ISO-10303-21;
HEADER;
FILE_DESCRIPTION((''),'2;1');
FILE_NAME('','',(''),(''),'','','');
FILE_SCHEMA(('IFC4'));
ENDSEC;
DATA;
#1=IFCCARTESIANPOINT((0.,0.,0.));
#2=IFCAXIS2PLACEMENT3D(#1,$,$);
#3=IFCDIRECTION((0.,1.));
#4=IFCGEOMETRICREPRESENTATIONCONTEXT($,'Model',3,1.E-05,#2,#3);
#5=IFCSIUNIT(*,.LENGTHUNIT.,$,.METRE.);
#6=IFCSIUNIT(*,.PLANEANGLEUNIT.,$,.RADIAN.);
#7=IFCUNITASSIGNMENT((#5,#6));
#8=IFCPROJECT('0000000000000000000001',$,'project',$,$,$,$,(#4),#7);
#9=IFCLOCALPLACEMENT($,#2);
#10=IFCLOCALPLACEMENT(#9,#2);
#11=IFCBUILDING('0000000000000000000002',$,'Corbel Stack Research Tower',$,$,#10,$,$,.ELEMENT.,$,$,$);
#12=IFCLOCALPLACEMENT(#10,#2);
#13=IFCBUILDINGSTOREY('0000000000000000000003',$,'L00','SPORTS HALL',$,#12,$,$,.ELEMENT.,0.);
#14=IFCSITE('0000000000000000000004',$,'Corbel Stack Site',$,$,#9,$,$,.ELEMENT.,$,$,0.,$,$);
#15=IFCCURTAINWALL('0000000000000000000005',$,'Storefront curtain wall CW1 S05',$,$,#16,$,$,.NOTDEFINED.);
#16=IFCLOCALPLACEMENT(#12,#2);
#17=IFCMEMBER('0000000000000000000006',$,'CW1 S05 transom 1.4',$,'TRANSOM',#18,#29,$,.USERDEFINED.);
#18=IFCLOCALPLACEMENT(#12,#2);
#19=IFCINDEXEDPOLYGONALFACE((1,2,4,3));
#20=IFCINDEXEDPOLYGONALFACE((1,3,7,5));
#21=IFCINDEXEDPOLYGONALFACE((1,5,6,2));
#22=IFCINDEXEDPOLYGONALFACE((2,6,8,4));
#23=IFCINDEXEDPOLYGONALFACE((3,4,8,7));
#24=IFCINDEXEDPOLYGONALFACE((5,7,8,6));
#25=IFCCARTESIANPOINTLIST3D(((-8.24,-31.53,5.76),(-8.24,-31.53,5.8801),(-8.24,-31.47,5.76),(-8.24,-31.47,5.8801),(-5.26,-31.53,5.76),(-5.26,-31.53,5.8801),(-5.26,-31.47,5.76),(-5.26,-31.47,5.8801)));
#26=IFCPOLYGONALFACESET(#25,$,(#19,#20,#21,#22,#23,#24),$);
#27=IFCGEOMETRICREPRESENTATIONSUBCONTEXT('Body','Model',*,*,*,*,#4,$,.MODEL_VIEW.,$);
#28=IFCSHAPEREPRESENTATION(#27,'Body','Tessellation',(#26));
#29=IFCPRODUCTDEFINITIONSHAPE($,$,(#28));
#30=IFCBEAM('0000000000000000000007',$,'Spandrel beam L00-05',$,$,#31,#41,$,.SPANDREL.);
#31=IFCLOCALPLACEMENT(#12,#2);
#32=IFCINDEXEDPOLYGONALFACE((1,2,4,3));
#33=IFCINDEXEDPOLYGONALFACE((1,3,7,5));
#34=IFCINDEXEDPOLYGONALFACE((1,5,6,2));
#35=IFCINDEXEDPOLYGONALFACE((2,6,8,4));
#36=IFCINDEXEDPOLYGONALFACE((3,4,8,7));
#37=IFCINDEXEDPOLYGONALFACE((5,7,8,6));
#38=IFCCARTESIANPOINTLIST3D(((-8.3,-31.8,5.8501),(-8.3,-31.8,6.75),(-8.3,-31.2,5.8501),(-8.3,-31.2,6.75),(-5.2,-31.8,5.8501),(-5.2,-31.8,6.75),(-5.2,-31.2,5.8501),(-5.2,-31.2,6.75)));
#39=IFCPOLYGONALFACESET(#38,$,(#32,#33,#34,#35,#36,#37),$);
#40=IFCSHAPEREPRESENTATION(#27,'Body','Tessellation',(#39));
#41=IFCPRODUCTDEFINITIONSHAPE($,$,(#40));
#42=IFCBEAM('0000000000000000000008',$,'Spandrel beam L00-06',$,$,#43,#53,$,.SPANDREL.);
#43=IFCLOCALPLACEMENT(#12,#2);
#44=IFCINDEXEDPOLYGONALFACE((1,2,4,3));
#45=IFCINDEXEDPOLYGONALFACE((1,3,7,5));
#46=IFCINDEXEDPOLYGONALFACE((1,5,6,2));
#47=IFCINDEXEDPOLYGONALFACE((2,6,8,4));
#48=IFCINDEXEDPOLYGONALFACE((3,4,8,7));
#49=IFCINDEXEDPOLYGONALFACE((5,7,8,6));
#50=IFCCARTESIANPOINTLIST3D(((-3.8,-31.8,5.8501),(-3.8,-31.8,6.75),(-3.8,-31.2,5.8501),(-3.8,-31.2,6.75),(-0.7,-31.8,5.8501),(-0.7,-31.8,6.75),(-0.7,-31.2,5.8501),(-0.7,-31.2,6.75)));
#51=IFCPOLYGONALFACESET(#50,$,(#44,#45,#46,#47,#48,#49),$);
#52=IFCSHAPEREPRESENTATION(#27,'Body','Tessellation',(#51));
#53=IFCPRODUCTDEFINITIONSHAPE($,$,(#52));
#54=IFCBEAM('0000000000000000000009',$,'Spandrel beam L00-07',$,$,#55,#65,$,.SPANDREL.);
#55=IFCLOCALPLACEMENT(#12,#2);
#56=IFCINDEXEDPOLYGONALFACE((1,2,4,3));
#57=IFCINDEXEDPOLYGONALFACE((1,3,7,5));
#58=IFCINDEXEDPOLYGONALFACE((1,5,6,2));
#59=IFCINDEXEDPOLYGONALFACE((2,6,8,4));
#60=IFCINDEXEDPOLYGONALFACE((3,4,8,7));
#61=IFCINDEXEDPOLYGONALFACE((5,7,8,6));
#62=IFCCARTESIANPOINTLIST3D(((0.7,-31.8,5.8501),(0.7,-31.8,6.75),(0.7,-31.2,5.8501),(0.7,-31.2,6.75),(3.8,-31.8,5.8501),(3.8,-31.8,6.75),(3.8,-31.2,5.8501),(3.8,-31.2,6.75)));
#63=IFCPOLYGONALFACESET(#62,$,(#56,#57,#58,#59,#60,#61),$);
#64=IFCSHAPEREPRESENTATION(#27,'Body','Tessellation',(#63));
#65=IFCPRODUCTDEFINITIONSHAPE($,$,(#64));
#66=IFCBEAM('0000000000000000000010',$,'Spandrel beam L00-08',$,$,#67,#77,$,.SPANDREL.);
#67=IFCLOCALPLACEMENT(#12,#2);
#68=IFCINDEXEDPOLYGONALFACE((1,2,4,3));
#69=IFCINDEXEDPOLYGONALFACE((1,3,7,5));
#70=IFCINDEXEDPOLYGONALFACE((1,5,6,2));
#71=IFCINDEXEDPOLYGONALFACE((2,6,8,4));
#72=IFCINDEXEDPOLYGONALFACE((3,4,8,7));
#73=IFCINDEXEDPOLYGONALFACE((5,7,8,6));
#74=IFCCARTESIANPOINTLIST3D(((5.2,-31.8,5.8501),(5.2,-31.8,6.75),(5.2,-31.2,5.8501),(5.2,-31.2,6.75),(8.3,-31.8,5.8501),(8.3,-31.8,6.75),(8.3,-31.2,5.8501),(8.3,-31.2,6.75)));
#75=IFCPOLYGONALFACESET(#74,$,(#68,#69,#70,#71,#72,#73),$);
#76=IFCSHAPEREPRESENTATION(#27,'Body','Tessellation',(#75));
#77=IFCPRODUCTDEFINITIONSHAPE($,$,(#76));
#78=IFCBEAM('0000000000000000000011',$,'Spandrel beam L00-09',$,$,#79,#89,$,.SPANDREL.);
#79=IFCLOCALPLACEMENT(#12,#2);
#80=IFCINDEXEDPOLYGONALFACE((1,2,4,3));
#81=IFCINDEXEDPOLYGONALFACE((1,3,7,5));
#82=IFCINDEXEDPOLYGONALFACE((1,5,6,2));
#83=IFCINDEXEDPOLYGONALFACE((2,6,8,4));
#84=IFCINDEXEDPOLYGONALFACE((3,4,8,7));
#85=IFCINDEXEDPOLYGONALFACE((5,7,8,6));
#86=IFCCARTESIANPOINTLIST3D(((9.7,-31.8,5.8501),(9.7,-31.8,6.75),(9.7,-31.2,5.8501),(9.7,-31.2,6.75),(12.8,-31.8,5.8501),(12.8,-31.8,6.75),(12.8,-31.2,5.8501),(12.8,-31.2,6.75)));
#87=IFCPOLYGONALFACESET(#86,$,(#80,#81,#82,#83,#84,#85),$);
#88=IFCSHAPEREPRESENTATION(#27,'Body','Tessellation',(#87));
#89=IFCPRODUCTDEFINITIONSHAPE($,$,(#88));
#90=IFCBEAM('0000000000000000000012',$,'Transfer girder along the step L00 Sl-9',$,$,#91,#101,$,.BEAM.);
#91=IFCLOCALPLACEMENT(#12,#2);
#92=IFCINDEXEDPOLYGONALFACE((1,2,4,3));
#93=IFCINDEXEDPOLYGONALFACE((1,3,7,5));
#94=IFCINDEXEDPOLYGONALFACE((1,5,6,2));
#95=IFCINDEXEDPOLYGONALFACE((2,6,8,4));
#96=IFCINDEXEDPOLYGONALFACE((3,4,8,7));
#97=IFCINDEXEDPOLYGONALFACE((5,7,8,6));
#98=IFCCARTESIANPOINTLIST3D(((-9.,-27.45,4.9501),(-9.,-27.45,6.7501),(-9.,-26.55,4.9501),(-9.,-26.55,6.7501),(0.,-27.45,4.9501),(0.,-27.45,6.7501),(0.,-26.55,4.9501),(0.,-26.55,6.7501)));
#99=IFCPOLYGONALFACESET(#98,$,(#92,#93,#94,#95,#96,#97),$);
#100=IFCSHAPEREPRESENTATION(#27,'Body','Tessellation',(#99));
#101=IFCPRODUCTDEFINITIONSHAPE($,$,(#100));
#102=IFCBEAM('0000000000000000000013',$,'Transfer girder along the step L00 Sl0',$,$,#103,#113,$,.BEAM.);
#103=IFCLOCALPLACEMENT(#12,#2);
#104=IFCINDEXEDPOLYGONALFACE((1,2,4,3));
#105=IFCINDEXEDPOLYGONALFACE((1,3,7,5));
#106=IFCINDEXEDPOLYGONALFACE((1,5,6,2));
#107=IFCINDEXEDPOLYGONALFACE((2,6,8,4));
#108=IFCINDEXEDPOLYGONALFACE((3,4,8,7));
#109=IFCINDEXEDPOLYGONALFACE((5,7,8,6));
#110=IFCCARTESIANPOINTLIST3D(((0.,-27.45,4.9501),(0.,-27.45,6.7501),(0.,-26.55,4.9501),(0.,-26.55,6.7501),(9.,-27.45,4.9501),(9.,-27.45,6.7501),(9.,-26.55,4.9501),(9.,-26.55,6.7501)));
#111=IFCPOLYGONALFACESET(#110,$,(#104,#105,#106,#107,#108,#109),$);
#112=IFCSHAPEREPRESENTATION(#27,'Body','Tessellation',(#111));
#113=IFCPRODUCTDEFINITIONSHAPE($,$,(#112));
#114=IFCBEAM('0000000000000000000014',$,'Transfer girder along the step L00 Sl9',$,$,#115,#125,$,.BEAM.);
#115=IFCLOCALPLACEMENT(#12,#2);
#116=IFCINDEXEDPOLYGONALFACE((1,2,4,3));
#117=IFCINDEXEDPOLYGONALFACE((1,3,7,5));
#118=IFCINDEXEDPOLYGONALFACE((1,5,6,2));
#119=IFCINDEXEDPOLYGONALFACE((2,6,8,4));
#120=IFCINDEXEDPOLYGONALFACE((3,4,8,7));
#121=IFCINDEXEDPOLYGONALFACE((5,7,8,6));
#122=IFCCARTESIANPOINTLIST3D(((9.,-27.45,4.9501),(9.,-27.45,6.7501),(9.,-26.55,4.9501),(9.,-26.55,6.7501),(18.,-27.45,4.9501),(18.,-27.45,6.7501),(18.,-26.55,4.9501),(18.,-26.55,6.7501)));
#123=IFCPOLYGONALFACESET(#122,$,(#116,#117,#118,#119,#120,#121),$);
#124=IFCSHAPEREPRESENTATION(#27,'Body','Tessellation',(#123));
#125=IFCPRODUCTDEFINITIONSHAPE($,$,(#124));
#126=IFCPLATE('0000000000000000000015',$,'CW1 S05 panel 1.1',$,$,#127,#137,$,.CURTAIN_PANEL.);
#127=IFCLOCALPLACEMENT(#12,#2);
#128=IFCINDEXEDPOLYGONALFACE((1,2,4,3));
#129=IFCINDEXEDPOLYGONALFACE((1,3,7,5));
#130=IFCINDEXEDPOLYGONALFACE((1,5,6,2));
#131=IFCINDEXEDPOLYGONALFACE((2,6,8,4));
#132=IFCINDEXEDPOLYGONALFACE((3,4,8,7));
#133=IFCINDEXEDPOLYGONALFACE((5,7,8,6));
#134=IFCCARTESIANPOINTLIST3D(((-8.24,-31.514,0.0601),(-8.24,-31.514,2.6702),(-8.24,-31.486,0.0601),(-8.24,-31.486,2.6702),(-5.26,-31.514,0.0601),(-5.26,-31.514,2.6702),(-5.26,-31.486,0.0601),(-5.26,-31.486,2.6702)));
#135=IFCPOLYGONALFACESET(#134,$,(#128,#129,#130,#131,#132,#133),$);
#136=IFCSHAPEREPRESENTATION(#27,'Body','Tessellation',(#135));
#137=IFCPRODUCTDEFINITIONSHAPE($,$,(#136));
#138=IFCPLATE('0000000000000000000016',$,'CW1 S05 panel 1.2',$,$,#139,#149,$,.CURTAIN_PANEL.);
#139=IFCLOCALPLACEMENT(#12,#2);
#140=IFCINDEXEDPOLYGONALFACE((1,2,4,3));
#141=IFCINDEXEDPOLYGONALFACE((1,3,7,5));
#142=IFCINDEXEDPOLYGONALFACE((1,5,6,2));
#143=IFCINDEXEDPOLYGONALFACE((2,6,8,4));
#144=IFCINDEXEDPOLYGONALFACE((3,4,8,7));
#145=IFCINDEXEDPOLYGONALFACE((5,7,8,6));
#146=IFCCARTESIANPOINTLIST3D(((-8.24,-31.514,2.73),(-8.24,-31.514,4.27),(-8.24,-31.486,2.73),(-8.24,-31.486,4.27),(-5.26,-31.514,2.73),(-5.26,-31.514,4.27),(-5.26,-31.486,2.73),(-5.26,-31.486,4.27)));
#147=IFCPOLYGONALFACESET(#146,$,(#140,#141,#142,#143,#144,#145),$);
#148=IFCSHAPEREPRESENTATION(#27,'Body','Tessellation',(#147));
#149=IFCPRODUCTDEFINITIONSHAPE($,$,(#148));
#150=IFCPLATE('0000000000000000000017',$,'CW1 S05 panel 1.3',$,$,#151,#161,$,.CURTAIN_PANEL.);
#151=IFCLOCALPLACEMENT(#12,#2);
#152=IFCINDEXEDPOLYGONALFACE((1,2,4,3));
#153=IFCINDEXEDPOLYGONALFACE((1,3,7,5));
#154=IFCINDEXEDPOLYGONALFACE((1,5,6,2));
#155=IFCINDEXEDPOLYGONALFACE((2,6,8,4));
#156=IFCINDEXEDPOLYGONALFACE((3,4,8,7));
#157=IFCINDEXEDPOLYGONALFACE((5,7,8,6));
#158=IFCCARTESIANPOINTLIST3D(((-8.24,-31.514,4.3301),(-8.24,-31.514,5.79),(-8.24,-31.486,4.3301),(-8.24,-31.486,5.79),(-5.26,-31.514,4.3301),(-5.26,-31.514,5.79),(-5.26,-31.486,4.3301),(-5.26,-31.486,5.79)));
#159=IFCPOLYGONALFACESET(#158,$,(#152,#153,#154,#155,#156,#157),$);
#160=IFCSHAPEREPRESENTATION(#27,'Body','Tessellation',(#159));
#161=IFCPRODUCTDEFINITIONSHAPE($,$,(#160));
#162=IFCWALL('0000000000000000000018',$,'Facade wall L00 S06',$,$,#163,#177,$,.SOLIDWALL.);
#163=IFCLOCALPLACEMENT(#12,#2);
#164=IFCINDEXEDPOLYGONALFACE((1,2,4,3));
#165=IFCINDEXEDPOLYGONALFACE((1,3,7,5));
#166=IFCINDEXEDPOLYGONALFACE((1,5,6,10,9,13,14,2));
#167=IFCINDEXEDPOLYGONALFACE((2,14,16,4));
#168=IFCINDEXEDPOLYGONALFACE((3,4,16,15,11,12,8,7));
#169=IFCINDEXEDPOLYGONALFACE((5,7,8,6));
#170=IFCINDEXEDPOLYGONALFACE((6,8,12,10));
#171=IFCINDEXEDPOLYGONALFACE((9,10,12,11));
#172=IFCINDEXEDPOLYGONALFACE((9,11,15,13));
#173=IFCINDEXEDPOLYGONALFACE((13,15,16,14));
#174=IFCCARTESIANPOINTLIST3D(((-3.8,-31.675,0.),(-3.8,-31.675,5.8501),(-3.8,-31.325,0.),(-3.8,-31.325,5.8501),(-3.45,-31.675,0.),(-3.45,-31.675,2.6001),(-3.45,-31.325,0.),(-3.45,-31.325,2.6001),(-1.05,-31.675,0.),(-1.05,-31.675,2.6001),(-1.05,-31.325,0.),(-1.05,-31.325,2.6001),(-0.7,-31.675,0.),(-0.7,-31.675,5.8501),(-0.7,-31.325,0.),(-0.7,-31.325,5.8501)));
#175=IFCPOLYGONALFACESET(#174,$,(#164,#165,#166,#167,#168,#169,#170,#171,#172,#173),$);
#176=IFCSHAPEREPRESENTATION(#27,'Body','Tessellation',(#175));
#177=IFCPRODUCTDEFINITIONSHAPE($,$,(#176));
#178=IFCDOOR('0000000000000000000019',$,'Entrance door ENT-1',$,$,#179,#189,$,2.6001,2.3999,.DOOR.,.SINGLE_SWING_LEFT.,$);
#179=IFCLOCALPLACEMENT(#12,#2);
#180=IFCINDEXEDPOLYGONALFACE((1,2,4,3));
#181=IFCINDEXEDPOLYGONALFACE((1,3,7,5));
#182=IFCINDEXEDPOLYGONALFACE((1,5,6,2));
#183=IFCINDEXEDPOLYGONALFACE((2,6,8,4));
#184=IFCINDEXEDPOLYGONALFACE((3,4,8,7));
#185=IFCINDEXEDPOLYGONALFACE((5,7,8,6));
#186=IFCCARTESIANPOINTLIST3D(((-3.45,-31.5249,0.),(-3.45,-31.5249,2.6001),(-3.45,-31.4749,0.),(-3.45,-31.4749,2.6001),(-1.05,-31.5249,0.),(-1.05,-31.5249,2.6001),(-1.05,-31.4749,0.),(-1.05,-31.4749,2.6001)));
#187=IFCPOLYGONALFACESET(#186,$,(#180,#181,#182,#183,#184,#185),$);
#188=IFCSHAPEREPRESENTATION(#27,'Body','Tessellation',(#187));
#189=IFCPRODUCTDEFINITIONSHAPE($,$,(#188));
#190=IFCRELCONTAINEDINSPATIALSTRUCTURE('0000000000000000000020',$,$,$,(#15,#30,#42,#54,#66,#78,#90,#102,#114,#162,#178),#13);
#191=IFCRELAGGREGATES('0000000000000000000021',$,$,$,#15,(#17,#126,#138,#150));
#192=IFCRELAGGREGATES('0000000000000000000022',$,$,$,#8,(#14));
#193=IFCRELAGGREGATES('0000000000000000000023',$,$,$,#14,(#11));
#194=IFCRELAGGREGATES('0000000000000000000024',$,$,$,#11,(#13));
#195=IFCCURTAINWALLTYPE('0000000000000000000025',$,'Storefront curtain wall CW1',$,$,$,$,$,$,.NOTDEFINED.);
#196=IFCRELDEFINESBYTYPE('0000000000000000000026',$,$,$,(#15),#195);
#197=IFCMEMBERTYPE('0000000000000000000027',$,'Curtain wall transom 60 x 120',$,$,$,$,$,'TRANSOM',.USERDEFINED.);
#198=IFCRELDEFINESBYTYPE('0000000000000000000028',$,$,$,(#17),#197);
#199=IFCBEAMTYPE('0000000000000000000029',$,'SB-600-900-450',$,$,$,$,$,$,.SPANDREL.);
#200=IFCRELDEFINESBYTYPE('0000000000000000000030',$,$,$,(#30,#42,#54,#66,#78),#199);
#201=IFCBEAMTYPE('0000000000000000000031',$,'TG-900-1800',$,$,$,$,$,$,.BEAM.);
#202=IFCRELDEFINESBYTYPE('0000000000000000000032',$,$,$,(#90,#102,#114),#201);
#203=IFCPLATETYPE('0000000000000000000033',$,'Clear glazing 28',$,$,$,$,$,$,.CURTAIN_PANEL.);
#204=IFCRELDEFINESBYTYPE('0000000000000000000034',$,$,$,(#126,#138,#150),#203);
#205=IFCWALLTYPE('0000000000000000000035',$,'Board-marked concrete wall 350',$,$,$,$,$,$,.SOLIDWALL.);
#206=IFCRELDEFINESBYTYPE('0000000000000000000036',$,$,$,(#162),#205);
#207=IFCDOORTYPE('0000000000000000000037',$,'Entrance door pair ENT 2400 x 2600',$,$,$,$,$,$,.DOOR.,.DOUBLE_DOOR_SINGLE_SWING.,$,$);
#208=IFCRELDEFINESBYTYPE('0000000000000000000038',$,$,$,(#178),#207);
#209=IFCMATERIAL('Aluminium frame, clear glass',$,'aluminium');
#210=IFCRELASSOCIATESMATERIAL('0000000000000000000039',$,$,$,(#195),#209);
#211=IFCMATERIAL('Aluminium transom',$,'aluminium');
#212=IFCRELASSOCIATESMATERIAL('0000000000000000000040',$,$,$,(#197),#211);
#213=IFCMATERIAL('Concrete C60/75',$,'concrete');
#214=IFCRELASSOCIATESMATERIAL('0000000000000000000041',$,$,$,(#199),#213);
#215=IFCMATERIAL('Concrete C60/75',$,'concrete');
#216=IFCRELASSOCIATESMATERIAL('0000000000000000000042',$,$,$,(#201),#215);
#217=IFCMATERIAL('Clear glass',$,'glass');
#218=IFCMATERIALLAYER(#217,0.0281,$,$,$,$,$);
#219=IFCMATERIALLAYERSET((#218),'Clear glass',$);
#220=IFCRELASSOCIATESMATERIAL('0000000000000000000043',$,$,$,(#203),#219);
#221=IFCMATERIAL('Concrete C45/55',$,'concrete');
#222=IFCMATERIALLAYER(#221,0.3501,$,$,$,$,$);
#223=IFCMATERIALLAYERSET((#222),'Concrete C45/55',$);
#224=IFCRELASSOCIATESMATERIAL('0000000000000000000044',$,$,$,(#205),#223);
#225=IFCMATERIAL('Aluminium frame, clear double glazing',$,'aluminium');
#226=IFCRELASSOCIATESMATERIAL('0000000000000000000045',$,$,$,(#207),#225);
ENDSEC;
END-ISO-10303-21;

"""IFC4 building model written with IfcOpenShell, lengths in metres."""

from ifc_helpers import new_model, si_unit, direction, frame, frame_2d, origin, origin_2d, place, context, subcontext, project, spatial, rectangle, extrude, material, layer, layer_set, material_profile, profile_set, type_object, element, fill, aggregate, save


model = new_model("IFC4")

# Units and contexts
model_context = context("Model", 3, precision=1e-05, world=origin(), true_north=direction((0.0, 1.0)))
body_context = subcontext(model_context, "Body", "Model", "MODEL_VIEW")
ifc_project = project(units=[si_unit("LENGTHUNIT", "METRE"), si_unit("PLANEANGLEUNIT", "RADIAN")], contexts=[model_context])

# Site, building, storey
site_placement = place(None, origin())
site = spatial("IfcSite", under=ifc_project, at=site_placement, Name="Corbel Stack Site", CompositionType="ELEMENT", RefElevation=0.0)
building_placement = place(site_placement, origin())
building = spatial("IfcBuilding", under=site, at=building_placement, Name="Corbel Stack Research Tower", CompositionType="ELEMENT")
storey_placement = place(building_placement, origin())
storey = spatial("IfcBuildingStorey", under=building, at=storey_placement, Name="L00", Description="SPORTS HALL", CompositionType="ELEMENT", Elevation=0.0)

# Curtain wall, member
ifc_material_1 = material(Name="Aluminium frame, clear glass", Category="aluminium")
curtain_wall_type = type_object("IfcCurtainWallType", Name="Storefront curtain wall CW1", PredefinedType="NOTDEFINED", material=ifc_material_1)
curtain_wall_placement = place(storey_placement, origin())
curtain_wall = element("IfcCurtainWall", 1, at=curtain_wall_placement, inside=storey, type_object=curtain_wall_type, Name="Storefront curtain wall CW1 S05", PredefinedType="NOTDEFINED")
ifc_material_2 = material(Name="Aluminium transom", Category="aluminium")
ifc_material_profile_1 = material_profile(ifc_material_2, rectangle(XDim=0.0601, YDim=0.1201, at=origin_2d()), Name="Transom 60 x 120")
ifc_profile_set_1 = profile_set([ifc_material_profile_1], Name="Aluminium transom")
member_type_1 = type_object("IfcMemberType", Name="Curtain wall transom 60 x 120", ElementType="TRANSOM", PredefinedType="USERDEFINED", material=ifc_profile_set_1)
member_1_placement = place(storey_placement, frame((-8.24, -31.5, 5.8201), z_axis=(1.0, 0.0, 0.0), x_axis=(0.0, 1.0, 0.0)))
member_1 = element("IfcMember", 2, at=member_1_placement, type_object=member_type_1, Name="CW1 S05 transom 1.4", ObjectType="TRANSOM", PredefinedType="USERDEFINED", context=body_context, shape_type="SweptSolid", body=[
    extrude(rectangle(XDim=0.0601, YDim=0.1201, at=origin_2d()), origin(), (0.0, 0.0, 1.0), 2.98),
])

# Beams
ifc_material_3 = material(Name="Concrete C60/75", Category="concrete")
ifc_material_profile_2 = material_profile(ifc_material_3, rectangle(XDim=0.6001, YDim=0.8999, at=origin_2d()), Name="RC 600 x 900")
ifc_profile_set_2 = profile_set([ifc_material_profile_2], Name="Concrete C60/75")
beam_type_1 = type_object("IfcBeamType", Name="SB-600-900-450", PredefinedType="SPANDREL", material=ifc_profile_set_2)
for number, where, z_axis, x_axis, name in (
    (3, (-8.3, -31.5, 6.3), (1.0, 0.0, 0.0), (0.0, 1.0, 0.0), "Spandrel beam L00-05"),
    (4, (-3.8, -31.5, 6.3), (1.0, 0.0, 0.0), (0.0, 1.0, 0.0), "Spandrel beam L00-06"),
    (5, (0.7, -31.5, 6.3), (1.0, 0.0, 0.0), (0.0, 1.0, 0.0), "Spandrel beam L00-07"),
    (6, (5.2, -31.5, 6.3), (1.0, 0.0, 0.0), (0.0, 1.0, 0.0), "Spandrel beam L00-08"),
    (7, (9.7, -31.5, 6.3), (1.0, 0.0, 0.0), (0.0, 1.0, 0.0), "Spandrel beam L00-09"),
):
    element("IfcBeam", number, at=place(storey_placement, frame(where, z_axis=z_axis, x_axis=x_axis)), inside=storey, type_object=beam_type_1, Name=name, PredefinedType="SPANDREL", context=body_context, shape_type="SweptSolid", body=[
        extrude(rectangle(XDim=0.6001, YDim=0.8999, at=origin_2d()), origin(), (0.0, 0.0, 1.0), 3.1001),
    ])
ifc_material_4 = material(Name="Concrete C60/75", Category="concrete")
ifc_material_profile_3 = material_profile(ifc_material_4, rectangle(XDim=0.8999, YDim=1.8, at=origin_2d()), Name="RC 900 x 1800")
ifc_profile_set_3 = profile_set([ifc_material_profile_3], Name="Concrete C60/75")
beam_type_2 = type_object("IfcBeamType", Name="TG-900-1800", PredefinedType="BEAM", material=ifc_profile_set_3)
for number, where, z_axis, x_axis, name in (
    (8, (-9.0, -27.0, 5.8501), (1.0, 0.0, 0.0), (0.0, 1.0, 0.0), "Transfer girder along the step L00 Sl-9"),
    (9, (0.0, -27.0, 5.8501), (1.0, 0.0, 0.0), (0.0, 1.0, 0.0), "Transfer girder along the step L00 Sl0"),
    (10, (9.0, -27.0, 5.8501), (1.0, 0.0, 0.0), (0.0, 1.0, 0.0), "Transfer girder along the step L00 Sl9"),
):
    element("IfcBeam", number, at=place(storey_placement, frame(where, z_axis=z_axis, x_axis=x_axis)), inside=storey, type_object=beam_type_2, Name=name, PredefinedType="BEAM", context=body_context, shape_type="SweptSolid", body=[
        extrude(rectangle(XDim=0.8999, YDim=1.8, at=origin_2d()), origin(), (0.0, 0.0, 1.0), 9.0),
    ])

# Plates
ifc_material_5 = material(Name="Clear glass", Category="glass")
ifc_layer_1 = layer(ifc_material_5, 0.0281)
ifc_layer_set_1 = layer_set([ifc_layer_1], Name="Clear glass")
plate_type = type_object("IfcPlateType", Name="Clear glazing 28", PredefinedType="CURTAIN_PANEL", material=ifc_layer_set_1)
plate_1_placement = place(storey_placement, frame((-6.75, -31.5, 0.0601), z_axis=(0.0, 0.0, 1.0), x_axis=(1.0, 0.0, 0.0)))
plate_1 = element("IfcPlate", 11, at=plate_1_placement, type_object=plate_type, Name="CW1 S05 panel 1.1", PredefinedType="CURTAIN_PANEL", context=body_context, shape_type="SweptSolid", body=[
    extrude(rectangle(XDim=2.98, YDim=0.0281, at=origin_2d()), origin(), (0.0, 0.0, 1.0), 2.6101),
])
plate_2_placement = place(storey_placement, frame((-6.75, -31.5, 2.73), z_axis=(0.0, 0.0, 1.0), x_axis=(1.0, 0.0, 0.0)))
plate_2 = element("IfcPlate", 12, at=plate_2_placement, type_object=plate_type, Name="CW1 S05 panel 1.2", PredefinedType="CURTAIN_PANEL", context=body_context, shape_type="SweptSolid", body=[
    extrude(rectangle(XDim=2.98, YDim=0.0281, at=origin_2d()), origin(), (0.0, 0.0, 1.0), 1.54),
])
plate_3_placement = place(storey_placement, frame((-6.75, -31.5, 4.3301), z_axis=(0.0, 0.0, 1.0), x_axis=(1.0, 0.0, 0.0)))
plate_3 = element("IfcPlate", 13, at=plate_3_placement, type_object=plate_type, Name="CW1 S05 panel 1.3", PredefinedType="CURTAIN_PANEL", context=body_context, shape_type="SweptSolid", body=[
    extrude(rectangle(XDim=2.98, YDim=0.0281, at=origin_2d()), origin(), (0.0, 0.0, 1.0), 1.46),
])
aggregate(curtain_wall, [member_1, plate_1, plate_2, plate_3])

# Wall, opening, door
ifc_material_6 = material(Name="Concrete C45/55", Category="concrete")
ifc_layer_2 = layer(ifc_material_6, 0.3501)
ifc_layer_set_2 = layer_set([ifc_layer_2], Name="Concrete C45/55")
wall_type = type_object("IfcWallType", Name="Board-marked concrete wall 350", PredefinedType="SOLIDWALL", material=ifc_layer_set_2)
wall_1_placement = place(storey_placement, frame((-0.7, -31.5, 0.0), z_axis=(0.0, 0.0, 1.0), x_axis=(-1.0, 0.0, 0.0)))
wall_1 = element("IfcWall", 14, at=wall_1_placement, inside=storey, type_object=wall_type, Name="Facade wall L00 S06", PredefinedType="SOLIDWALL", context=body_context, shape_type="SweptSolid", body=[
    extrude(rectangle(XDim=3.1001, YDim=0.3501, at=frame_2d((1.55, 0.0))), origin(), (0.0, 0.0, 1.0), 5.8501),
])
opening_1_placement = place(wall_1_placement, frame((0.3501, 0.0, 0.0)))
opening_1 = element("IfcOpeningElement", 15, at=opening_1_placement, cuts=wall_1, PredefinedType="OPENING", context=body_context, shape_type="SweptSolid", body=[
    extrude(rectangle(XDim=2.3999, YDim=2.6001, at=frame_2d((1.2, 1.3))), frame((0.0, 0.1851, 0.0), z_axis=(0.0, -1.0, 0.0), x_axis=(1.0, 0.0, 0.0)), (0.0, 0.0, 1.0), 0.3701),
])
ifc_material_7 = material(Name="Aluminium frame, clear double glazing", Category="aluminium")
door_type = type_object("IfcDoorType", Name="Entrance door pair ENT 2400 x 2600", OperationType="DOUBLE_DOOR_SINGLE_SWING", PredefinedType="DOOR", material=ifc_material_7)
door_1_placement = place(opening_1_placement, origin())
door_1 = element("IfcDoor", 16, at=door_1_placement, inside=storey, type_object=door_type, Name="Entrance door ENT-1", OperationType="SINGLE_SWING_LEFT", OverallHeight=2.6001, OverallWidth=2.3999, PredefinedType="DOOR", context=body_context, shape_type="SweptSolid", body=[
    extrude(rectangle(XDim=2.3999, YDim=2.6001, at=frame_2d((1.2, 1.3))), frame((0.0, 0.0249, 0.0), z_axis=(0.0, -1.0, 0.0), x_axis=(1.0, 0.0, 0.0)), (0.0, 0.0, 1.0), 0.05),
])
fill(opening_1, door_1)

save(model, "model.ifc")
